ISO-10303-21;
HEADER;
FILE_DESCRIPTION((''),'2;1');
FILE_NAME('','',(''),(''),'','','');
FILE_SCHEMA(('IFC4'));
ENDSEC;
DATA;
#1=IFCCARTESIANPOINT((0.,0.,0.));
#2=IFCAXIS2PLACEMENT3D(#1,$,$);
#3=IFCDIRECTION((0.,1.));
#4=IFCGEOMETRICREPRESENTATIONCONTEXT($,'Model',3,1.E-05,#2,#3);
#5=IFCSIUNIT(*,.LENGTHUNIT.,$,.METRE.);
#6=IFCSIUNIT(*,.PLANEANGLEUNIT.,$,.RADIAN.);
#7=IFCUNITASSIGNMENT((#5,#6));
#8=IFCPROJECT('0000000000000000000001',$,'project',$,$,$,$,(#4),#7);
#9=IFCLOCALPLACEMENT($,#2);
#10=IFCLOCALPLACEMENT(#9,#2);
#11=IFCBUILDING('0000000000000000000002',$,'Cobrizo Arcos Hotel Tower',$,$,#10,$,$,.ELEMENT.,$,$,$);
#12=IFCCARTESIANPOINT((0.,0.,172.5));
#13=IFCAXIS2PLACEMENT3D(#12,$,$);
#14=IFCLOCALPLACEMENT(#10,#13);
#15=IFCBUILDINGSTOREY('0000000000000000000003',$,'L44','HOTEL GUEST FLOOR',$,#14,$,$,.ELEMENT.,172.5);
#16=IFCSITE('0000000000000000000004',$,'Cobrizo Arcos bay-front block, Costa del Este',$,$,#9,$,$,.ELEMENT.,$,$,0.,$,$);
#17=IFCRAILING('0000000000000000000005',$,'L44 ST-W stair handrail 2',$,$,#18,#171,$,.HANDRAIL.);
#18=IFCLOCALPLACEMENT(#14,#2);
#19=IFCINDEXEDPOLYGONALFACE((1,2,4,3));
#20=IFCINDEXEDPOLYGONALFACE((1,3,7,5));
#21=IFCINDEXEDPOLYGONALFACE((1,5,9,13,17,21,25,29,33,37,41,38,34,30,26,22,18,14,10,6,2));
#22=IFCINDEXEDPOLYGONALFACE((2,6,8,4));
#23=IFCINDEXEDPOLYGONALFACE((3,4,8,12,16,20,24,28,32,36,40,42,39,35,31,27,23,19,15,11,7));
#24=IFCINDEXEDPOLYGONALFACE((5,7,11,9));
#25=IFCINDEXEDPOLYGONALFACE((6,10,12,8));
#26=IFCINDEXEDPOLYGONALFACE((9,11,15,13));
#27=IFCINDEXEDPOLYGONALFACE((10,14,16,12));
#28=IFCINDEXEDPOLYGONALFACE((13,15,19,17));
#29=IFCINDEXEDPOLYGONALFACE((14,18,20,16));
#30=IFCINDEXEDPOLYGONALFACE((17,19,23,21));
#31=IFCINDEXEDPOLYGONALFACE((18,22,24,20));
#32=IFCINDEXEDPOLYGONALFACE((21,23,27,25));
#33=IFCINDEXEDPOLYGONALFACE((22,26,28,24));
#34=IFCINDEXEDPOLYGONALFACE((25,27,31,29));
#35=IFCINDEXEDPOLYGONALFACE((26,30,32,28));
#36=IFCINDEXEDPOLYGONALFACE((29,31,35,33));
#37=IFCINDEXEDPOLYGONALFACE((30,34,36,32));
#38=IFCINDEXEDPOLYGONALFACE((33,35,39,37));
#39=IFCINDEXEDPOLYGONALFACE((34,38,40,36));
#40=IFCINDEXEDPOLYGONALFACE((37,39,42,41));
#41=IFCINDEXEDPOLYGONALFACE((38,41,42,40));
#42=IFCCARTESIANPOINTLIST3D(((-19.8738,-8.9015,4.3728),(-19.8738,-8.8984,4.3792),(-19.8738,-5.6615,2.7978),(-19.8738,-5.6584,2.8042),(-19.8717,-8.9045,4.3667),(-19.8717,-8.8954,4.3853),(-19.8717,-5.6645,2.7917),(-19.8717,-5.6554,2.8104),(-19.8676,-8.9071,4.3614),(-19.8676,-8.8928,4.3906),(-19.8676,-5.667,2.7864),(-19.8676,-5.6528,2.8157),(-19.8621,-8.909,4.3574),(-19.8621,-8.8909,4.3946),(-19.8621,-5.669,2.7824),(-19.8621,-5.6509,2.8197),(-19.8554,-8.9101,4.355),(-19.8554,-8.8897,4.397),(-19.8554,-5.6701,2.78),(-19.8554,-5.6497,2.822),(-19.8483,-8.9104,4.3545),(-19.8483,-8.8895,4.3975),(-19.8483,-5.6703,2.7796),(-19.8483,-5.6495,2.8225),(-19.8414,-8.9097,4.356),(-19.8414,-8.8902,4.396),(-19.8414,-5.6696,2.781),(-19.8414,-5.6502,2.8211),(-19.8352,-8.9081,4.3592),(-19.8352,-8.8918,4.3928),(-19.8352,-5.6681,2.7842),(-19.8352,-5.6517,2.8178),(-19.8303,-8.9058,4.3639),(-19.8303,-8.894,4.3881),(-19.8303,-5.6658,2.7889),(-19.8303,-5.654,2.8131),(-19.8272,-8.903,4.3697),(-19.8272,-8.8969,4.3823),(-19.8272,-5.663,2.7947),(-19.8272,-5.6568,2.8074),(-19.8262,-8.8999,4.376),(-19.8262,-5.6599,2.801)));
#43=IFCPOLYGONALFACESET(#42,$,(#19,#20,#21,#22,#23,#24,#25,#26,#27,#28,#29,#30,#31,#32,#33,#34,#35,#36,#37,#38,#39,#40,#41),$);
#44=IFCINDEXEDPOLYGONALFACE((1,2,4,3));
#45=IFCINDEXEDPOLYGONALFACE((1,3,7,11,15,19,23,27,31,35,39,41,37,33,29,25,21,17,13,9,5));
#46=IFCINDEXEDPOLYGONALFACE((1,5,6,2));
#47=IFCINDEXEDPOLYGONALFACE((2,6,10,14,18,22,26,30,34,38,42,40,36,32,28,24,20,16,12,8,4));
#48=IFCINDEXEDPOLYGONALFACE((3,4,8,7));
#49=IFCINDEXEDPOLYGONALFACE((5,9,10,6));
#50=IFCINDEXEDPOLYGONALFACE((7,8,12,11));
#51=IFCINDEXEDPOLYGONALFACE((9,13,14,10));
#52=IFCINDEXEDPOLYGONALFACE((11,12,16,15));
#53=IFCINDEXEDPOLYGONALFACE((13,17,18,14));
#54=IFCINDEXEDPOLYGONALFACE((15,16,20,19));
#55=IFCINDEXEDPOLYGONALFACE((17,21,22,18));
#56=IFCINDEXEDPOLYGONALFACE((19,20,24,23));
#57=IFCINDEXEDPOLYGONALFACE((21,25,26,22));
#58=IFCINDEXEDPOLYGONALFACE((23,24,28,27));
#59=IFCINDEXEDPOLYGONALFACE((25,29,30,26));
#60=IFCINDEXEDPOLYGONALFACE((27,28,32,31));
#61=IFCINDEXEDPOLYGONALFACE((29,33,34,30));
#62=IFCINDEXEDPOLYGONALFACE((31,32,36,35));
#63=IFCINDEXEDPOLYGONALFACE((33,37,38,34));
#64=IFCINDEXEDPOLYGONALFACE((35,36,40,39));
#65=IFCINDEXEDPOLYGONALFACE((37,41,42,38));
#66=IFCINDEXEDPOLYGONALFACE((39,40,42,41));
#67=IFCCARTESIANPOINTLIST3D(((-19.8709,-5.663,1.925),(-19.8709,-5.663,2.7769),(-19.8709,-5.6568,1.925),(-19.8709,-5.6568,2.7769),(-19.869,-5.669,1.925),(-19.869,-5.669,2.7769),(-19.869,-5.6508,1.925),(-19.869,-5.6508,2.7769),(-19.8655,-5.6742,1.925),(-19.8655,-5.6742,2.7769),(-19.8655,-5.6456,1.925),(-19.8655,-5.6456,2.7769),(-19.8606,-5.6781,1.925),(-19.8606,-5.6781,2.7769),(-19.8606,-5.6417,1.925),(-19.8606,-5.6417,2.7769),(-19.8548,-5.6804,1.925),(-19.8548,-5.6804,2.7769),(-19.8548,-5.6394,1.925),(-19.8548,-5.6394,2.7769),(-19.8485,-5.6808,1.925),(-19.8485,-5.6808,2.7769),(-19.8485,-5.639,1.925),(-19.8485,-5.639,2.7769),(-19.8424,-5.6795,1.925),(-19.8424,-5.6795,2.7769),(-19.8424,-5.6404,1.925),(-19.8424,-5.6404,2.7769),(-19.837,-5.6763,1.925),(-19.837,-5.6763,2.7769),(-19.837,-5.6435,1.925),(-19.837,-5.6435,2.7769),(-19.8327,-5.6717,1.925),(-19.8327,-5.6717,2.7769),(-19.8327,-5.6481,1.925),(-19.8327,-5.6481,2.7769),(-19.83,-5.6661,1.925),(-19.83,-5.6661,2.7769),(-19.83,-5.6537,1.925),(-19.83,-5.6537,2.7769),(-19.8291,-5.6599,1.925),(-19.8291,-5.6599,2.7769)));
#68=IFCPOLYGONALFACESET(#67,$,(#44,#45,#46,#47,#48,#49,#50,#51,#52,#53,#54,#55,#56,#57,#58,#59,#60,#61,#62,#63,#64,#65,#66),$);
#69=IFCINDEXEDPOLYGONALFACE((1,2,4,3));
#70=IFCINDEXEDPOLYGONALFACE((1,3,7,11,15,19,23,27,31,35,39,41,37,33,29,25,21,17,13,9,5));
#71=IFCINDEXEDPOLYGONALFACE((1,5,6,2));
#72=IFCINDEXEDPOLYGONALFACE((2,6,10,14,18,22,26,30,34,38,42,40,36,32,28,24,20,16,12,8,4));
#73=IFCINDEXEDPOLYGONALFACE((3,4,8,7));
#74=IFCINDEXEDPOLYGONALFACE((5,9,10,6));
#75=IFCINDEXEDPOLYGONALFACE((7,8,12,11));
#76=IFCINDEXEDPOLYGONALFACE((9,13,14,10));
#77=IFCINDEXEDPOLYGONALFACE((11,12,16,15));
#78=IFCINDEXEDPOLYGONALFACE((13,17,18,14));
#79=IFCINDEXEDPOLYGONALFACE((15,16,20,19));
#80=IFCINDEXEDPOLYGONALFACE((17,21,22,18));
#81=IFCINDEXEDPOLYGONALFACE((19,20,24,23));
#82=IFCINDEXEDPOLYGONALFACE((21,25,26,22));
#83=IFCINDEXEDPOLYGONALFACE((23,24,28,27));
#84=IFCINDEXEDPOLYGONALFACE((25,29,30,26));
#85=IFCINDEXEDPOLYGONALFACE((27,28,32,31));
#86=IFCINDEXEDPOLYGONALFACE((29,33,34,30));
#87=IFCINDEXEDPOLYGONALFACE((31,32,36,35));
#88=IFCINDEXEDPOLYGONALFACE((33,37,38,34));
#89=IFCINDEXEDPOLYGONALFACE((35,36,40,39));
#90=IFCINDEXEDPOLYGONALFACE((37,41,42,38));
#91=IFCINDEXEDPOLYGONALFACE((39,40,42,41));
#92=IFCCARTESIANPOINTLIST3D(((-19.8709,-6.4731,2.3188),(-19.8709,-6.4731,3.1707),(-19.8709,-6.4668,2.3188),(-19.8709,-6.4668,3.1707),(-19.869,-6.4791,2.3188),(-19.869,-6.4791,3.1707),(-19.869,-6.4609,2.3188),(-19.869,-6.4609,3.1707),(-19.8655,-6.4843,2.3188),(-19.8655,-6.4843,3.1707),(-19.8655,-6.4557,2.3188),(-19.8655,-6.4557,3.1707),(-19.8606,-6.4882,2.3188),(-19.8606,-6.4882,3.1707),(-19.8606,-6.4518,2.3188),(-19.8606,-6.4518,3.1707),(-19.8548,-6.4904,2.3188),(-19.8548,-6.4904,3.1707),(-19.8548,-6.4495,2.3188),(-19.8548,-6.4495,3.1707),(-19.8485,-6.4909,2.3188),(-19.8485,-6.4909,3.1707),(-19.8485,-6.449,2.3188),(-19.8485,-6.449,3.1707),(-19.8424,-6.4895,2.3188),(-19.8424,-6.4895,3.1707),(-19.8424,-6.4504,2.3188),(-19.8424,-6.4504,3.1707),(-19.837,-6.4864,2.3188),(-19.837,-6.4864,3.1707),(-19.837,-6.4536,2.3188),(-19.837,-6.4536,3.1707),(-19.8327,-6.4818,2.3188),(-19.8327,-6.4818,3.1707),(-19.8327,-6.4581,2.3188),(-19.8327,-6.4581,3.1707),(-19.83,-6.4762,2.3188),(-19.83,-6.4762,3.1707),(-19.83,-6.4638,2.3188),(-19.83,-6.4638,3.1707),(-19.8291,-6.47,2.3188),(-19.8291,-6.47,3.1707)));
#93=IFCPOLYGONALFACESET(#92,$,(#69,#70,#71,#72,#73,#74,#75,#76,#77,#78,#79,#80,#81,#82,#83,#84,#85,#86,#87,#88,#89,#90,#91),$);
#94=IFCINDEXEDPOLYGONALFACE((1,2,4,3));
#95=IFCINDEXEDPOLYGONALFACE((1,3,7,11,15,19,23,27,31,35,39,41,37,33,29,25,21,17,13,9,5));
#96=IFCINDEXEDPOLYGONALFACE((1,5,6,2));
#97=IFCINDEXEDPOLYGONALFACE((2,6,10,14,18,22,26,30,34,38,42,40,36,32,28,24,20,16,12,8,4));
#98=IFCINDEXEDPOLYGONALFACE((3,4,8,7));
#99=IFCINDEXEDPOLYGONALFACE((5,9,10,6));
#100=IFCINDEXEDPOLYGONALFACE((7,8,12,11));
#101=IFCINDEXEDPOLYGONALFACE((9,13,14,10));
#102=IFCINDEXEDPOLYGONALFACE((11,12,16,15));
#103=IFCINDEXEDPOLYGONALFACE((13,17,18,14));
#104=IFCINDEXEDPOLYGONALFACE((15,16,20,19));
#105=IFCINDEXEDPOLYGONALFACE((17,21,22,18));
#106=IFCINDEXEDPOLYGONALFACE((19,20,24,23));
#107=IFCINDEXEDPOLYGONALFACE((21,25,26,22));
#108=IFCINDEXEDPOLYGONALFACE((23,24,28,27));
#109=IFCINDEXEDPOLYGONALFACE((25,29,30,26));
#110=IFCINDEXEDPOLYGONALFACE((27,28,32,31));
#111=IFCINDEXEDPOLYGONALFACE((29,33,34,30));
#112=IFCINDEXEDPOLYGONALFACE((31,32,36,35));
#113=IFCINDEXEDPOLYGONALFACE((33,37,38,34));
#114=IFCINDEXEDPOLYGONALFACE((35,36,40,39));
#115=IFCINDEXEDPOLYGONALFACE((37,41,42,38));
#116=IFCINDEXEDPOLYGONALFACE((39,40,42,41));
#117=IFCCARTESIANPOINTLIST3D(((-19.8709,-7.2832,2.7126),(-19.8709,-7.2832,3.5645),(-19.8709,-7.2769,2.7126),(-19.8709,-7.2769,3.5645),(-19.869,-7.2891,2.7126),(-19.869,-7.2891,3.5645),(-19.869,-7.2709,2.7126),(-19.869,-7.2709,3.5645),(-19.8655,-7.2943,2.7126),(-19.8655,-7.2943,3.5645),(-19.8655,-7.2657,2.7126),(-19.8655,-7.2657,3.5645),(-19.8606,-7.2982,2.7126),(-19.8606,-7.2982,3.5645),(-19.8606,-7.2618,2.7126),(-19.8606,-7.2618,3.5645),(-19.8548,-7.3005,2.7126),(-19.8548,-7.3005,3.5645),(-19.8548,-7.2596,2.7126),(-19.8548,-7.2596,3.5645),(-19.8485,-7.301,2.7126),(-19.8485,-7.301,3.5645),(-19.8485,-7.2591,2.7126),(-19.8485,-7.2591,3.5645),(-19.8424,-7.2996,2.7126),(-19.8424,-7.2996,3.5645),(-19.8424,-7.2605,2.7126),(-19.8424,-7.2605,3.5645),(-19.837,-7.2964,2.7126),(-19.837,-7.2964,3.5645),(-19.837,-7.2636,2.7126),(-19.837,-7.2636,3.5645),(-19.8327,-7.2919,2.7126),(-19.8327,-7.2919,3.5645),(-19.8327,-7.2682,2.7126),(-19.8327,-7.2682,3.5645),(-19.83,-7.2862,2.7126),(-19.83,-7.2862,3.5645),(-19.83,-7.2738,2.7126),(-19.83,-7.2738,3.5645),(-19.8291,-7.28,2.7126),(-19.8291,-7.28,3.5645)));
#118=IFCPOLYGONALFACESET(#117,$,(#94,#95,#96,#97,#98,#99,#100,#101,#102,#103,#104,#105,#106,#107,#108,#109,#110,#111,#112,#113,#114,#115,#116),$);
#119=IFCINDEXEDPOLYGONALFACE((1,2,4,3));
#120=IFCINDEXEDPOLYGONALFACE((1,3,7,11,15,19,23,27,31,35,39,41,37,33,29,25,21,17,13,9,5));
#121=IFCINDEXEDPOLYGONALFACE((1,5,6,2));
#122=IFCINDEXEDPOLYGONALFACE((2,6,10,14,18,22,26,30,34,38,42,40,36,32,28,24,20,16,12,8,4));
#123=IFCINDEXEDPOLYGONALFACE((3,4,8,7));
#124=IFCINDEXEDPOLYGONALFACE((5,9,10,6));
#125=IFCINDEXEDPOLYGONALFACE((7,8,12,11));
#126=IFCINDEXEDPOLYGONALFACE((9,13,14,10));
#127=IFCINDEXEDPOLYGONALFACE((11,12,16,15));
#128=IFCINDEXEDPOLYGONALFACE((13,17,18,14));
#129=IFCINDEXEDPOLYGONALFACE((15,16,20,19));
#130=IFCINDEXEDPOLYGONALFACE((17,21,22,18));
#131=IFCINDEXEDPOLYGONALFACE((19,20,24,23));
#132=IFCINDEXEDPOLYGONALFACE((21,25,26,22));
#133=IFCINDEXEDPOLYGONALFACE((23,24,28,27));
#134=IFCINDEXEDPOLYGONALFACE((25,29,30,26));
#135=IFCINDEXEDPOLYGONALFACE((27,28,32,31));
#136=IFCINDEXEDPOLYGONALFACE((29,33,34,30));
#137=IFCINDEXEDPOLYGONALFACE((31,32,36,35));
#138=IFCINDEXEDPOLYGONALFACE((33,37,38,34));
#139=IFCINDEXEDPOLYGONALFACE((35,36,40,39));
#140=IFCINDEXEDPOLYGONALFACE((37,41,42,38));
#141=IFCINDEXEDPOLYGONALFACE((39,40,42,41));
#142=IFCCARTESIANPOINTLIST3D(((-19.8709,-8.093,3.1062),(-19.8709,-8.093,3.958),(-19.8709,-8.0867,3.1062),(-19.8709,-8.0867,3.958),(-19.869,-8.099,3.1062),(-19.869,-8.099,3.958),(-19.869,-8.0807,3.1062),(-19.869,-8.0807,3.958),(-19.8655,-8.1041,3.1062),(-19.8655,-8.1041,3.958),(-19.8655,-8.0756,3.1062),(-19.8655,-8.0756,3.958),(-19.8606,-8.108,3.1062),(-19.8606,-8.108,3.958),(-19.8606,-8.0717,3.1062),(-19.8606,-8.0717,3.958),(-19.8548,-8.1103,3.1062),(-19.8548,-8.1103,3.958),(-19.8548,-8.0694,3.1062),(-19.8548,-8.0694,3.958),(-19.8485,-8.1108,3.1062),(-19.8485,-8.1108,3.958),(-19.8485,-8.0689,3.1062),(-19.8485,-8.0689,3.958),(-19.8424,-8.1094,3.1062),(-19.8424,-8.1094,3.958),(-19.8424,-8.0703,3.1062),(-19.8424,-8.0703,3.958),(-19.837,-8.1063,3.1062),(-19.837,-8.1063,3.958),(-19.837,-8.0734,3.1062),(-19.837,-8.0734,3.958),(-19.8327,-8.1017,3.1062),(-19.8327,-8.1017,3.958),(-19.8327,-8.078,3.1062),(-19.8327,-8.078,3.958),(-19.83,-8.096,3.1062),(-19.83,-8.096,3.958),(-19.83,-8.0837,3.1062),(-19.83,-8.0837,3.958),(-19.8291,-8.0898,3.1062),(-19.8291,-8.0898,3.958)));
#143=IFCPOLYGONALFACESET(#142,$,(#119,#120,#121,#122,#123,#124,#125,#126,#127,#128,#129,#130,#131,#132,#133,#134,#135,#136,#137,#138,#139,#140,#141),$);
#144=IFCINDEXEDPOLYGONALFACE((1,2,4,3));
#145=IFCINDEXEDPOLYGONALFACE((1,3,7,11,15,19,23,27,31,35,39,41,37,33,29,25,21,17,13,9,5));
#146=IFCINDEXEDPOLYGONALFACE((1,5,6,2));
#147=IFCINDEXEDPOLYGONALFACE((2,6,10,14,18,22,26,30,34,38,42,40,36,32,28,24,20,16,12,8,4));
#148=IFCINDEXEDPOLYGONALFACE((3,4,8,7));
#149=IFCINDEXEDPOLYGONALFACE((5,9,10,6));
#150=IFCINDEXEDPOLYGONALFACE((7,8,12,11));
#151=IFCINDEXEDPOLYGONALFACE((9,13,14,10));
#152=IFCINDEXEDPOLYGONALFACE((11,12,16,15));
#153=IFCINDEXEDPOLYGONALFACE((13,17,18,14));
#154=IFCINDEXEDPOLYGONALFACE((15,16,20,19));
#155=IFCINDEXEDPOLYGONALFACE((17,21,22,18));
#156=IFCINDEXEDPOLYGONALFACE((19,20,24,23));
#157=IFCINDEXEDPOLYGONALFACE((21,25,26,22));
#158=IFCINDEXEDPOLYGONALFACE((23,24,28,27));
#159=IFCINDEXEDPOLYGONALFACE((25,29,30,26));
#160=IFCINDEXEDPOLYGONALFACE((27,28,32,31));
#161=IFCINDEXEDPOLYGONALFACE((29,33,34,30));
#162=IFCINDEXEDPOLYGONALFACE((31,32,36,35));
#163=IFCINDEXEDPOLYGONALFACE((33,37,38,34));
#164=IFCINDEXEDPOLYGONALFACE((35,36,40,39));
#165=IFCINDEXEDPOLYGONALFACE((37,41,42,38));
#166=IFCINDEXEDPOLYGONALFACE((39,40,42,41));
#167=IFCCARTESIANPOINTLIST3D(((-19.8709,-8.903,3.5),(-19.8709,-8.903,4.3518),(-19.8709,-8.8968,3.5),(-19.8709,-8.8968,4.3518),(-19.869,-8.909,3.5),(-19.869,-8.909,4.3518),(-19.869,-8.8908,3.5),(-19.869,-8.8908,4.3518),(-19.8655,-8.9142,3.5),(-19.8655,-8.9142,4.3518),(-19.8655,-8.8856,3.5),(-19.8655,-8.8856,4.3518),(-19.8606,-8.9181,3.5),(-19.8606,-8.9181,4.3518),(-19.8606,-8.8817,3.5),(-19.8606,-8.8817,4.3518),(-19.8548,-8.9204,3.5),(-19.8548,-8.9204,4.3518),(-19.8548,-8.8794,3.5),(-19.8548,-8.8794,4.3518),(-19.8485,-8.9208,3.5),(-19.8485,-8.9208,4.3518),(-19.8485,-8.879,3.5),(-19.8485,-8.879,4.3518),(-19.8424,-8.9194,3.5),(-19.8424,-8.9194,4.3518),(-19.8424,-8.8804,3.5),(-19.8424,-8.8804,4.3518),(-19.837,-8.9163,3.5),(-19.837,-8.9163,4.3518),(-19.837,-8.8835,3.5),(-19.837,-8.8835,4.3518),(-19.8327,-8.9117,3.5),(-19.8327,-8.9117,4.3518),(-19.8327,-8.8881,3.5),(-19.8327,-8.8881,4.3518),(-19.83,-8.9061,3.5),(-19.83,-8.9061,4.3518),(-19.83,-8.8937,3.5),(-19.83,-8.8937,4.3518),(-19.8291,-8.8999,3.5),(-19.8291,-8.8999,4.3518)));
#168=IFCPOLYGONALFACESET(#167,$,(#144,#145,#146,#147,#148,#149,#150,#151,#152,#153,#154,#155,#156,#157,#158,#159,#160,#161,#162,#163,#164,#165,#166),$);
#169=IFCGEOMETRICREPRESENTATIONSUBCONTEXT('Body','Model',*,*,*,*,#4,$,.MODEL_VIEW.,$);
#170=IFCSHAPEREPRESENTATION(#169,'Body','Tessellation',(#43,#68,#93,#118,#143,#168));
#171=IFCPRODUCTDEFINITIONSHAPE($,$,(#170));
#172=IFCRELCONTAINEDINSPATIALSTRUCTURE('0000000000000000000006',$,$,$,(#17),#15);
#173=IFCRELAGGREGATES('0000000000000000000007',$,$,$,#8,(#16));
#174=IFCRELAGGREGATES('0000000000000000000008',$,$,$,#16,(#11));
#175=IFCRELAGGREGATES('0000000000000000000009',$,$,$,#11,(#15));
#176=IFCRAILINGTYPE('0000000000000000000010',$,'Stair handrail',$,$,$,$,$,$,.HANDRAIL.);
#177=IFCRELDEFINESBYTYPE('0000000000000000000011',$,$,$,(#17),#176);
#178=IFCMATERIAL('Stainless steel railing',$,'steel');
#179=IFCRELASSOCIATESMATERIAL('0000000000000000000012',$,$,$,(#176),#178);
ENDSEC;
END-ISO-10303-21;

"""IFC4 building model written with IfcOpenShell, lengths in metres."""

from ifc_helpers import new_model, si_unit, direction, frame, origin, origin_2d, place, context, subcontext, project, spatial, circle, extrude, material, type_object, element, save


model = new_model("IFC4")

# Units and contexts
model_context = context("Model", 3, precision=1e-05, world=origin(), true_north=direction((0.0, 1.0)))
body_context = subcontext(model_context, "Body", "Model", "MODEL_VIEW")
ifc_project = project(units=[si_unit("LENGTHUNIT", "METRE"), si_unit("PLANEANGLEUNIT", "RADIAN")], contexts=[model_context])

# Site, building, storey
site_placement = place(None, origin())
site = spatial("IfcSite", under=ifc_project, at=site_placement, Name="Cobrizo Arcos bay-front block, Costa del Este", CompositionType="ELEMENT", RefElevation=0.0)
building_placement = place(site_placement, origin())
building = spatial("IfcBuilding", under=site, at=building_placement, Name="Cobrizo Arcos Hotel Tower", CompositionType="ELEMENT")
storey_placement = place(building_placement, frame((0.0, 0.0, 172.5)))
storey = spatial("IfcBuildingStorey", under=building, at=storey_placement, Name="L44", Description="HOTEL GUEST FLOOR", CompositionType="ELEMENT", Elevation=172.5)

# Railing
ifc_material_1 = material(Name="Stainless steel railing", Category="steel")
railing_type_1 = type_object("IfcRailingType", Name="Stair handrail", PredefinedType="HANDRAIL", material=ifc_material_1)
railing_1_placement = place(storey_placement, frame((-19.8501, -5.6599, 1.925)))
element("IfcRailing", 1, at=railing_1_placement, inside=storey, type_object=railing_type_1, Name="L44 ST-W stair handrail 2", PredefinedType="HANDRAIL", context=body_context, shape_type="SweptSolid", body=[
    extrude(circle(Radius=0.0239, at=origin_2d()), frame((0.0, 0.0, 0.876), z_axis=(0.0, -0.899373, 0.437183), x_axis=(1.0, 0.0, 0.0)), (0.0, 0.0, 1.0), 3.6025),
    extrude(circle(Radius=0.021, at=origin_2d()), origin(), (0.0, 0.0, 1.0), 0.8518),
    extrude(circle(Radius=0.021, at=origin_2d()), frame((0.0, -0.8101, 0.3938)), (0.0, 0.0, 1.0), 0.8518),
    extrude(circle(Radius=0.021, at=origin_2d()), frame((0.0, -1.6201, 0.7876)), (0.0, 0.0, 1.0), 0.8518),
    extrude(circle(Radius=0.021, at=origin_2d()), frame((0.0, -2.4299, 1.1812)), (0.0, 0.0, 1.0), 0.8518),
    extrude(circle(Radius=0.021, at=origin_2d()), frame((0.0, -3.24, 1.575)), (0.0, 0.0, 1.0), 0.8518),
])

save(model, "model.ifc")
